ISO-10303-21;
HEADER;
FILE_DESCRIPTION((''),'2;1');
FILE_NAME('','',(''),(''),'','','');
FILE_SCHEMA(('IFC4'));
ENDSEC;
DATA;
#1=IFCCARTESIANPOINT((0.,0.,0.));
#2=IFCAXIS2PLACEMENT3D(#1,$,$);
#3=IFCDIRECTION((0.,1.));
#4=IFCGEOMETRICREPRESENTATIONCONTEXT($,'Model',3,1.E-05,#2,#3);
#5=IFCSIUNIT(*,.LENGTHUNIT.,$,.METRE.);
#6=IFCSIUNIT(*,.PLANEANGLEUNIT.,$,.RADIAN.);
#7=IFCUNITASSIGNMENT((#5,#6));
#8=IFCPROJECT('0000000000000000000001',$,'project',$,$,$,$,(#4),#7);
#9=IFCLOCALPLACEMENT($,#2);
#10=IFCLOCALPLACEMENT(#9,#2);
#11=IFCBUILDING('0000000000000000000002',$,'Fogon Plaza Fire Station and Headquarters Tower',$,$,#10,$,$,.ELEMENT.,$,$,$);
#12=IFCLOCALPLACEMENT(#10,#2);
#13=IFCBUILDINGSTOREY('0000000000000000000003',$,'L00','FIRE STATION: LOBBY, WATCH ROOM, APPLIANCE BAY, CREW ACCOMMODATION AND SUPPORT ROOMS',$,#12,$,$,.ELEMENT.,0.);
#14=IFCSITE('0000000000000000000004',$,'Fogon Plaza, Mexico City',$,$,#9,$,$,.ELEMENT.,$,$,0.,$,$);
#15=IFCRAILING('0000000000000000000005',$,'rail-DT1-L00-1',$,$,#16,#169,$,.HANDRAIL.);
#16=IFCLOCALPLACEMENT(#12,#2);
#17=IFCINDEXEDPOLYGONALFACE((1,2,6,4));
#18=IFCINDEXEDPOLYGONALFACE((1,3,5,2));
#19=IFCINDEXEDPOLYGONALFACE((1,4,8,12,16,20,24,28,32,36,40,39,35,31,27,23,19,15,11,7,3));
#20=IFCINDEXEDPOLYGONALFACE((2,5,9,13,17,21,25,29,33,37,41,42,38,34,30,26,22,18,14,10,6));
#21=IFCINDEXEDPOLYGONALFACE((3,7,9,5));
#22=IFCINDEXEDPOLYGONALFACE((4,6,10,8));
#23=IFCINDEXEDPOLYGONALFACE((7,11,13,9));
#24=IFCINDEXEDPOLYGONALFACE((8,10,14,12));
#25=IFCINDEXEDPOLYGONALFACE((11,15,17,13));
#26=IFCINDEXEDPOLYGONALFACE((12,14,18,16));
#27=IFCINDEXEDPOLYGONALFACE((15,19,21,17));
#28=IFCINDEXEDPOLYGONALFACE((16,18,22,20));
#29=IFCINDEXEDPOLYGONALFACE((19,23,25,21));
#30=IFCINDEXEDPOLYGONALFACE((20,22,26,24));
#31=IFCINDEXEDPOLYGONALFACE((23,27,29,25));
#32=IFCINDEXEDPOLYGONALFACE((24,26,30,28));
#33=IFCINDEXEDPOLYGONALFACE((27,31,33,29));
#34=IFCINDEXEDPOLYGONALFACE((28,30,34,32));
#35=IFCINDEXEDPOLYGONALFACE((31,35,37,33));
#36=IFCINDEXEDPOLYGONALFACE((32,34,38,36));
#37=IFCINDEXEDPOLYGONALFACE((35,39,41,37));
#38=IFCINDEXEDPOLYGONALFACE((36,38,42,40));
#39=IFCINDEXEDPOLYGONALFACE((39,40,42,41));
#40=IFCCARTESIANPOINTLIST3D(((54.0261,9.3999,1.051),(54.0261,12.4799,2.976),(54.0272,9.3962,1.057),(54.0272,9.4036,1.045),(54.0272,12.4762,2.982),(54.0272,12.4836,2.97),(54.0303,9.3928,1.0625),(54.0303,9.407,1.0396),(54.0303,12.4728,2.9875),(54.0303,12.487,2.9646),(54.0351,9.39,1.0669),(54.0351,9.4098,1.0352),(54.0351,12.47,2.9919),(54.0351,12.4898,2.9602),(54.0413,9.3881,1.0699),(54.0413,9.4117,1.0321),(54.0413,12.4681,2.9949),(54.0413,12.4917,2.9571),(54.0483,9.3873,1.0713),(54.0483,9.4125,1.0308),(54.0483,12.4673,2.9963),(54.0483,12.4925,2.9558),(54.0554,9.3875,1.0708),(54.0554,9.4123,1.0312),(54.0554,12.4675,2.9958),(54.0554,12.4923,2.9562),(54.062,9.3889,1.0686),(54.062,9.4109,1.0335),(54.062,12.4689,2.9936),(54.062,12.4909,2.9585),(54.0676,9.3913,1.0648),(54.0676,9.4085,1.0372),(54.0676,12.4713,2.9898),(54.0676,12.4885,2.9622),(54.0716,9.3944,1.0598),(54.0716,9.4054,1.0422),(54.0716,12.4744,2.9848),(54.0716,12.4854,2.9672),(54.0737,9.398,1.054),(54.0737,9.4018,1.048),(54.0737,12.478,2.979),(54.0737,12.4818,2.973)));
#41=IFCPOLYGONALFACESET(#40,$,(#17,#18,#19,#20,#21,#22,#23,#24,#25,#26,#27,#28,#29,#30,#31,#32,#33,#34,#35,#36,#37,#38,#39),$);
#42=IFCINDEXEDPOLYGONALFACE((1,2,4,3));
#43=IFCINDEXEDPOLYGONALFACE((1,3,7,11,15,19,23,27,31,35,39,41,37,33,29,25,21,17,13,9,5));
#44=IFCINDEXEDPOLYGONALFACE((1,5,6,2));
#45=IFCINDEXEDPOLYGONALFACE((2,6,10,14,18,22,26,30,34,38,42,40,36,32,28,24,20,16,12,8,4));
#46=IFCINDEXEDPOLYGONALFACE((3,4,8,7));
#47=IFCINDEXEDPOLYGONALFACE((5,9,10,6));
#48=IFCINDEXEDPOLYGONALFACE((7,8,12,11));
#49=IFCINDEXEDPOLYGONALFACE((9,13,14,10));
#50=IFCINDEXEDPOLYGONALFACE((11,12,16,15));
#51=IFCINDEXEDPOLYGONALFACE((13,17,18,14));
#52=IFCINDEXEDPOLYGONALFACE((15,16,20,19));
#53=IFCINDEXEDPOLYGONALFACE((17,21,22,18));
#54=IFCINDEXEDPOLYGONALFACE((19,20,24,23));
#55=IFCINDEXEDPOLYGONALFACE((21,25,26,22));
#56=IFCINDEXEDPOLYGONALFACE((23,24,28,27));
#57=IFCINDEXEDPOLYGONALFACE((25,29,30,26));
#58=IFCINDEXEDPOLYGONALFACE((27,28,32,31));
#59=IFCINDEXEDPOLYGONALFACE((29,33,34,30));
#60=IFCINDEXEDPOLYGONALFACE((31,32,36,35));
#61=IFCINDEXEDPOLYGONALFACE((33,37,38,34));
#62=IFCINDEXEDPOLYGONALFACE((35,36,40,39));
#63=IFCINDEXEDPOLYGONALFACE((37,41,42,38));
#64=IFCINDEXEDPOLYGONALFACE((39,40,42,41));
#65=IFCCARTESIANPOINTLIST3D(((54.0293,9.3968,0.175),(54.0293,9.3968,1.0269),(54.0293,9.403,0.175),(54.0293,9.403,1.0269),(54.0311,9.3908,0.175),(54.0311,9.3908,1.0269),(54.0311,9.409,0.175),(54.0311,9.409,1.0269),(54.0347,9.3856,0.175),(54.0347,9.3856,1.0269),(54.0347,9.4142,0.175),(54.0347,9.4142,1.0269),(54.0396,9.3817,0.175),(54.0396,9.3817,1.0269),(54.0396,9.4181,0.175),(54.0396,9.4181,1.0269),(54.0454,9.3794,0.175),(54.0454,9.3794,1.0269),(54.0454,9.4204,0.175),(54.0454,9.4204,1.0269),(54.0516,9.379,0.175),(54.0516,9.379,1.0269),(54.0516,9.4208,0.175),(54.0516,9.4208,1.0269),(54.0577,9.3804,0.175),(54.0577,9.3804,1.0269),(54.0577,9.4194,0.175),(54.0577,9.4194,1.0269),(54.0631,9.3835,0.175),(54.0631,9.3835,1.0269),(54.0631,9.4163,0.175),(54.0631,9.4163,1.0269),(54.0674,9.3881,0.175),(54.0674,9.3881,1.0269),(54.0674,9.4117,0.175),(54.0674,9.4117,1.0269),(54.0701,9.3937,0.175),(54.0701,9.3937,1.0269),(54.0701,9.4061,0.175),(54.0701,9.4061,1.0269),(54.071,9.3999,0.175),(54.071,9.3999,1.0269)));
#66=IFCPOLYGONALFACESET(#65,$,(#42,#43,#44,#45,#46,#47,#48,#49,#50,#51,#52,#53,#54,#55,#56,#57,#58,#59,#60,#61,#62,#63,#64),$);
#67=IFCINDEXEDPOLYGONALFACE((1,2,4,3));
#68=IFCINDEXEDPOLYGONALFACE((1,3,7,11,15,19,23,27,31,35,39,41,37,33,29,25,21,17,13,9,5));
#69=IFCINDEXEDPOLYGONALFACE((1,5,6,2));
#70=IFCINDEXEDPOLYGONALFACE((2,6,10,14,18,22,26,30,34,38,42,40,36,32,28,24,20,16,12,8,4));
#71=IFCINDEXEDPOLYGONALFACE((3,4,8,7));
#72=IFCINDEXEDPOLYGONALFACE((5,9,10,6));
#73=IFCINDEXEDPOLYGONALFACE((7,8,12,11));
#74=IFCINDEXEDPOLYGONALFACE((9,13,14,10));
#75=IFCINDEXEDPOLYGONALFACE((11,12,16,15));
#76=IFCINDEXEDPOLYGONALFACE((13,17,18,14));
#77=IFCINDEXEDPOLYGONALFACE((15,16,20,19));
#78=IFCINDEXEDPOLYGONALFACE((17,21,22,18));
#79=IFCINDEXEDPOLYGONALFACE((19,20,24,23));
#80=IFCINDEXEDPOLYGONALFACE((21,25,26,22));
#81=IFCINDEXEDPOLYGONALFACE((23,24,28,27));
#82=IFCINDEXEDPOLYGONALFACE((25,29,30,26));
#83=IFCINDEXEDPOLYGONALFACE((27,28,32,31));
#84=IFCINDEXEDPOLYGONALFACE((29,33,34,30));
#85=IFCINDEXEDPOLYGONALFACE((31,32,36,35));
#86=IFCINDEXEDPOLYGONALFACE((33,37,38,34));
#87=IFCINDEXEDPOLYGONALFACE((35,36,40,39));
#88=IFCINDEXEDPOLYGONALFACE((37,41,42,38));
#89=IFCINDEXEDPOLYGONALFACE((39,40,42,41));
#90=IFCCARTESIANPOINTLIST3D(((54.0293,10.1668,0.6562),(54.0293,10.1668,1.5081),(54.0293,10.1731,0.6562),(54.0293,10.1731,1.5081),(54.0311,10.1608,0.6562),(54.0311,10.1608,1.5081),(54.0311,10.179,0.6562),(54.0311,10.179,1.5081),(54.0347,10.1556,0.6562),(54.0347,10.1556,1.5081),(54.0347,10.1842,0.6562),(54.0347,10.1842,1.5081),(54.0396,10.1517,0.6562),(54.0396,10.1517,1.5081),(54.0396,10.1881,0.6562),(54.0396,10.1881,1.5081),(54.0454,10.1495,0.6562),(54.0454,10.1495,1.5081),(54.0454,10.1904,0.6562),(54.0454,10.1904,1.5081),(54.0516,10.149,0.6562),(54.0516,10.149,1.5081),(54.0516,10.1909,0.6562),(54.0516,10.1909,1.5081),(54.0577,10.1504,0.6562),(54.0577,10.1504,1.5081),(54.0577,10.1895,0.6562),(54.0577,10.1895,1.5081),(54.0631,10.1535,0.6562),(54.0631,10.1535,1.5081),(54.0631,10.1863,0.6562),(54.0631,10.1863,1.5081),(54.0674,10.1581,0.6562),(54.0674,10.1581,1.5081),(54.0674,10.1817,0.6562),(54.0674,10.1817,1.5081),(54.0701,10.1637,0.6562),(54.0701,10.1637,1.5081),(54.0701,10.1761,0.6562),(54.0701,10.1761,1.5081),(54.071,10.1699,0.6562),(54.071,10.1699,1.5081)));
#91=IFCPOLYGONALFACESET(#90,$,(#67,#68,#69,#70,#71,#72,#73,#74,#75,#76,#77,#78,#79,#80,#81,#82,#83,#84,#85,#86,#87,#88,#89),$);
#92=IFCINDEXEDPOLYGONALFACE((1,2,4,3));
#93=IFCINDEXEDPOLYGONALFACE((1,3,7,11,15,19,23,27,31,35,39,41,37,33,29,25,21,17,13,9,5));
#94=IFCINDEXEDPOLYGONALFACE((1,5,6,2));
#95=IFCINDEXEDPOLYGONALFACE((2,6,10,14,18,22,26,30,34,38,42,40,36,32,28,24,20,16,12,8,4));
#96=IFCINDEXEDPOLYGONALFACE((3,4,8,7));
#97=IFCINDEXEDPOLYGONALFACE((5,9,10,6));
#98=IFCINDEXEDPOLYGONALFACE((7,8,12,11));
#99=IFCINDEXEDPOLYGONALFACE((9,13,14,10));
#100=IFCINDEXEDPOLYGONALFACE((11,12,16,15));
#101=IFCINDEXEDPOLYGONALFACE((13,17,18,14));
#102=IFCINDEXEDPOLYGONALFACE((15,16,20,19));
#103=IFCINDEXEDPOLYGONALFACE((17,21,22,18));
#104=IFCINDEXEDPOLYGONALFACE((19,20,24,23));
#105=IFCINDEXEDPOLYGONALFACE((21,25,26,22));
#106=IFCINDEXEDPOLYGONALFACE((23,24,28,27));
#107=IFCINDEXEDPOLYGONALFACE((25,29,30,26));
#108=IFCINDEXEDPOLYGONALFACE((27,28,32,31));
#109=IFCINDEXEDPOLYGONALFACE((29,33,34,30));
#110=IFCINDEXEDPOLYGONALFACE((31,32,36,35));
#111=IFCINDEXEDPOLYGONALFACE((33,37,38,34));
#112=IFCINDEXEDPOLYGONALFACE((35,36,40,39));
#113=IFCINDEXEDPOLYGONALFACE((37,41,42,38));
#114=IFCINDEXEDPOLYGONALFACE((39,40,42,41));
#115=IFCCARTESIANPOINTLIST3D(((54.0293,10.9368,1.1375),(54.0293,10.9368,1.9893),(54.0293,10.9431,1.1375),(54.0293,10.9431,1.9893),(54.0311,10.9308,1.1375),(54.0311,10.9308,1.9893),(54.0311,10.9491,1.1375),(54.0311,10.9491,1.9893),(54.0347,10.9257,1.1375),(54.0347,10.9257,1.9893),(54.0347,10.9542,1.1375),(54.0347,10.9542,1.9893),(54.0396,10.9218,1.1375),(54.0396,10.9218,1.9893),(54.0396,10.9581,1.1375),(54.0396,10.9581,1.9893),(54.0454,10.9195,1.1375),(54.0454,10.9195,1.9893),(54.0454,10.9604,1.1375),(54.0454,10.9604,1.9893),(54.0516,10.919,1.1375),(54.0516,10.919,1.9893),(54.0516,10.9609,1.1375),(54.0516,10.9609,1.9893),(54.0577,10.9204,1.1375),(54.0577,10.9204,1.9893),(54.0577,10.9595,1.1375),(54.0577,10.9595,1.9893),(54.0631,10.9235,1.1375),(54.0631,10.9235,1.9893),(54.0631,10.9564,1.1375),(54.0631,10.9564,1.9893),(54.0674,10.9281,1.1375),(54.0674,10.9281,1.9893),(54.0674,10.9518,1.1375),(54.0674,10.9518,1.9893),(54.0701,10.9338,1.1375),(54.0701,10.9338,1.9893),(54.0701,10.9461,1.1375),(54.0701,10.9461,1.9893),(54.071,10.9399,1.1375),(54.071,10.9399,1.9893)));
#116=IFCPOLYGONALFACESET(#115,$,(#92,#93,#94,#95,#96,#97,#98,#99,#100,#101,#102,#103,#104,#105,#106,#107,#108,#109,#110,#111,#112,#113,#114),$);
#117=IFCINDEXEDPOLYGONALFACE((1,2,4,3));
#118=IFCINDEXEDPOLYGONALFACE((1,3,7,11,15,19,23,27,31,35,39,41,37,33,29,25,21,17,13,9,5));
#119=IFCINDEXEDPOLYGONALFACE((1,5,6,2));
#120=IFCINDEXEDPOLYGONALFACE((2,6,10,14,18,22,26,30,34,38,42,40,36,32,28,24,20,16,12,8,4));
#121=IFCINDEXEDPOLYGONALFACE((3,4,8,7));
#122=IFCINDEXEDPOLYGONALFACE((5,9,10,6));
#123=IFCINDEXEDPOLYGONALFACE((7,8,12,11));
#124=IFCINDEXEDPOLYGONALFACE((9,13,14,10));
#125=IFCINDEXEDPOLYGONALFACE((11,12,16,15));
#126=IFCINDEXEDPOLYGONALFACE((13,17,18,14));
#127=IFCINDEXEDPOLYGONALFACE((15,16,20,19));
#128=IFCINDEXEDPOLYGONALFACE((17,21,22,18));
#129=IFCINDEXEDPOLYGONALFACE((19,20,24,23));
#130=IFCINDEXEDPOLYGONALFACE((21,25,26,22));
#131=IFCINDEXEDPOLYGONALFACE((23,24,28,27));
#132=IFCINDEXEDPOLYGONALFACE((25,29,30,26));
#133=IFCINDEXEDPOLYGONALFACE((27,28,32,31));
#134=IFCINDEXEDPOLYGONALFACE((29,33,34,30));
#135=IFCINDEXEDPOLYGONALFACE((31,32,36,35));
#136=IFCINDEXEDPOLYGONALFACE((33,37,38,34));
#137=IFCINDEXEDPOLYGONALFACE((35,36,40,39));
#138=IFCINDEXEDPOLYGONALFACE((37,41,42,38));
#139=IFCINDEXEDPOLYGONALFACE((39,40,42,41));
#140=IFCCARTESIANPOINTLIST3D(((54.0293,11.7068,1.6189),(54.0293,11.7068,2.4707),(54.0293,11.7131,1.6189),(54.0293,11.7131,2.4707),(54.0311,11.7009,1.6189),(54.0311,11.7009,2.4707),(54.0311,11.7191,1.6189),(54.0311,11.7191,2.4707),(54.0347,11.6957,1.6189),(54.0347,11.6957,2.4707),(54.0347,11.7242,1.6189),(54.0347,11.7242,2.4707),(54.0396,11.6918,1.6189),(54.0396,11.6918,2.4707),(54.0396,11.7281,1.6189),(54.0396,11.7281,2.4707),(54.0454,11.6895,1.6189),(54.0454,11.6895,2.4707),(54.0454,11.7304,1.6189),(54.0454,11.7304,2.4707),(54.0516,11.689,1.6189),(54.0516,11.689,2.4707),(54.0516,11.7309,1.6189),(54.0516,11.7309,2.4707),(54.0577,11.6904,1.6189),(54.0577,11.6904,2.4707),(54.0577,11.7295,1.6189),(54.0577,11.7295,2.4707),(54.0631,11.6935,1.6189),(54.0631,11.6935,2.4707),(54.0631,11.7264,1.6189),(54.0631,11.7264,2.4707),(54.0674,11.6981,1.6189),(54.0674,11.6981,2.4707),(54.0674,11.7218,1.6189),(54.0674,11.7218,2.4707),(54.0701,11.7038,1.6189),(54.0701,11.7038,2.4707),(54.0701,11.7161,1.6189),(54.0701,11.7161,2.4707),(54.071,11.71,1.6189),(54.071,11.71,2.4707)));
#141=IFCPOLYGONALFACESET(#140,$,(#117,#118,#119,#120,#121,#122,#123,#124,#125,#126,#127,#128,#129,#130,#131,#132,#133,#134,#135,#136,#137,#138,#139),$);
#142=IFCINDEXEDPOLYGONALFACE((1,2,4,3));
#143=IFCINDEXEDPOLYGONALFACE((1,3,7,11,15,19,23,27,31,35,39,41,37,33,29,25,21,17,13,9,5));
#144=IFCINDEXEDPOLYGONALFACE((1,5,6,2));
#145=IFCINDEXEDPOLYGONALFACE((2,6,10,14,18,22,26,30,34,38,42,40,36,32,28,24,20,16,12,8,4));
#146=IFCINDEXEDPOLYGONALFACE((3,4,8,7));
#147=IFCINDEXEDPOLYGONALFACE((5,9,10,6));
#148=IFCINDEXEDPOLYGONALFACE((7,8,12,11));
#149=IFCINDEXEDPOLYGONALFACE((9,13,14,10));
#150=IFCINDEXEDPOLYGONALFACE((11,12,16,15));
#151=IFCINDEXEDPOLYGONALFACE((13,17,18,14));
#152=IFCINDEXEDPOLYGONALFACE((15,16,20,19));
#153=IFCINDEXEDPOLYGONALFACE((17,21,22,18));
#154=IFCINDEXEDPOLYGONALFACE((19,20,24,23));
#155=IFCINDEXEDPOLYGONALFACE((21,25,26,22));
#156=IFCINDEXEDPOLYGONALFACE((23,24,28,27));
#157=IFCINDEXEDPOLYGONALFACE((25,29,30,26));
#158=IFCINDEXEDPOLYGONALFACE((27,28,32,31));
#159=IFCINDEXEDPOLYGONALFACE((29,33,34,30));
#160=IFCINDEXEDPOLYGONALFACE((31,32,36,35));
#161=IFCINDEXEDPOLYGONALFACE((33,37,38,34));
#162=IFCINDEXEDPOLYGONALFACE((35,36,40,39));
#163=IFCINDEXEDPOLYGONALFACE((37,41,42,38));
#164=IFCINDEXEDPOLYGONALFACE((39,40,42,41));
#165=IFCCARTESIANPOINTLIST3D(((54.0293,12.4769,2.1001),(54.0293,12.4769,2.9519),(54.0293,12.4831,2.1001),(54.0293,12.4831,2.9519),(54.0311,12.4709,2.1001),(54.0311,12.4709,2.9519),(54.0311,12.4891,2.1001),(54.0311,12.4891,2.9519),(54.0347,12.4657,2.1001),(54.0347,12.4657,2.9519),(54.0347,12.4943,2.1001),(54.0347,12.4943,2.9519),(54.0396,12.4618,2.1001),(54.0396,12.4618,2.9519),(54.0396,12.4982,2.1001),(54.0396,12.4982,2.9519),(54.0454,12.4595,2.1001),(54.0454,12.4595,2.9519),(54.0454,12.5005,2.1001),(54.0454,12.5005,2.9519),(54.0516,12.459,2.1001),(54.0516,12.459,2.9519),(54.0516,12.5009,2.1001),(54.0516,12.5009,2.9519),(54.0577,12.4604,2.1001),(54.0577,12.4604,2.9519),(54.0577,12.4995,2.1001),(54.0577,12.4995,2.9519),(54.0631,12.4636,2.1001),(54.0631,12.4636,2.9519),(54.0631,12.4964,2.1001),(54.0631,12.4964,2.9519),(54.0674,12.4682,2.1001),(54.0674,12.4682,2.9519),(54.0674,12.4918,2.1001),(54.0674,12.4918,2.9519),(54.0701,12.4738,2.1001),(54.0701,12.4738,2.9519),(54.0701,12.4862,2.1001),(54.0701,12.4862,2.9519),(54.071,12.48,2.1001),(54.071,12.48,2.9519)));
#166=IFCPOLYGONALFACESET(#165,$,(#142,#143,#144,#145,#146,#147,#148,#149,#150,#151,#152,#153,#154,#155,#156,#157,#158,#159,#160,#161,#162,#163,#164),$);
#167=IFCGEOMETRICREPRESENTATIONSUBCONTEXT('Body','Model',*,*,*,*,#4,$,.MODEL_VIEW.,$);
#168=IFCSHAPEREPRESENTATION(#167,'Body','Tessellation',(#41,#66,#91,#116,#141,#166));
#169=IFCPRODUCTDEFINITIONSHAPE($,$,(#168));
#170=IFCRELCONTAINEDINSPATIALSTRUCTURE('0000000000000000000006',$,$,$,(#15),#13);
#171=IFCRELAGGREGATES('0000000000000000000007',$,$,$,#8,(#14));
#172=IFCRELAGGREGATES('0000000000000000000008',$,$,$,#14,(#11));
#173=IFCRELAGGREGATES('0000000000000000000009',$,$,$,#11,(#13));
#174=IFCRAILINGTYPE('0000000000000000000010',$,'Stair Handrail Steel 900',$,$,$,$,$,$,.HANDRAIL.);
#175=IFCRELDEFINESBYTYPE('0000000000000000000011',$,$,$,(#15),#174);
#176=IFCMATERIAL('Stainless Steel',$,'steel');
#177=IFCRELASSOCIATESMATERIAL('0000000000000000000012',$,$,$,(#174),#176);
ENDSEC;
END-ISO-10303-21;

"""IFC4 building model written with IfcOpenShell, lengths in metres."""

from ifc_helpers import new_model, si_unit, direction, frame, origin, origin_2d, place, context, subcontext, project, spatial, circle, extrude, material, type_object, element, save


model = new_model("IFC4")

# Units and contexts
model_context = context("Model", 3, precision=1e-05, world=origin(), true_north=direction((0.0, 1.0)))
body_context = subcontext(model_context, "Body", "Model", "MODEL_VIEW")
ifc_project = project(units=[si_unit("LENGTHUNIT", "METRE"), si_unit("PLANEANGLEUNIT", "RADIAN")], contexts=[model_context])

# Site, building, storey
site_placement = place(None, origin())
site = spatial("IfcSite", under=ifc_project, at=site_placement, Name="Fogon Plaza, Mexico City", CompositionType="ELEMENT", RefElevation=0.0)
building_placement = place(site_placement, origin())
building = spatial("IfcBuilding", under=site, at=building_placement, Name="Fogon Plaza Fire Station and Headquarters Tower", CompositionType="ELEMENT")
storey_placement = place(building_placement, origin())
storey = spatial("IfcBuildingStorey", under=building, at=storey_placement, Name="L00", Description="FIRE STATION: LOBBY, WATCH ROOM, APPLIANCE BAY, CREW ACCOMMODATION AND SUPPORT ROOMS", CompositionType="ELEMENT", Elevation=0.0)

# Railing
ifc_material_1 = material(Name="Stainless Steel", Category="steel")
railing_type_1 = type_object("IfcRailingType", Name="Stair Handrail Steel 900", PredefinedType="HANDRAIL", material=ifc_material_1)
for number, where, name in (
    (1, (54.05, 9.3999, 0.175), "rail-DT1-L00-1"),
):
    element("IfcRailing", number, at=place(storey_placement, frame(where)), inside=storey, type_object=railing_type_1, Name=name, PredefinedType="HANDRAIL", context=body_context, shape_type="SweptSolid", body=[
        extrude(circle(Radius=0.0239, at=origin_2d()), frame((0.0, 0.0, 0.876), z_axis=(0.0, 0.847998, 0.529999), x_axis=(-1.0, 0.0, 0.0)), (0.0, 0.0, 1.0), 3.6321),
        extrude(circle(Radius=0.021, at=origin_2d()), origin(), (0.0, 0.0, 1.0), 0.8518),
        extrude(circle(Radius=0.021, at=origin_2d()), frame((0.0, 0.77, 0.4812)), (0.0, 0.0, 1.0), 0.8518),
        extrude(circle(Radius=0.021, at=origin_2d()), frame((0.0, 1.54, 0.9624)), (0.0, 0.0, 1.0), 0.8518),
        extrude(circle(Radius=0.021, at=origin_2d()), frame((0.0, 2.3101, 1.4438)), (0.0, 0.0, 1.0), 0.8518),
        extrude(circle(Radius=0.021, at=origin_2d()), frame((0.0, 3.0801, 1.925)), (0.0, 0.0, 1.0), 0.8518),
    ])

save(model, "model.ifc")
